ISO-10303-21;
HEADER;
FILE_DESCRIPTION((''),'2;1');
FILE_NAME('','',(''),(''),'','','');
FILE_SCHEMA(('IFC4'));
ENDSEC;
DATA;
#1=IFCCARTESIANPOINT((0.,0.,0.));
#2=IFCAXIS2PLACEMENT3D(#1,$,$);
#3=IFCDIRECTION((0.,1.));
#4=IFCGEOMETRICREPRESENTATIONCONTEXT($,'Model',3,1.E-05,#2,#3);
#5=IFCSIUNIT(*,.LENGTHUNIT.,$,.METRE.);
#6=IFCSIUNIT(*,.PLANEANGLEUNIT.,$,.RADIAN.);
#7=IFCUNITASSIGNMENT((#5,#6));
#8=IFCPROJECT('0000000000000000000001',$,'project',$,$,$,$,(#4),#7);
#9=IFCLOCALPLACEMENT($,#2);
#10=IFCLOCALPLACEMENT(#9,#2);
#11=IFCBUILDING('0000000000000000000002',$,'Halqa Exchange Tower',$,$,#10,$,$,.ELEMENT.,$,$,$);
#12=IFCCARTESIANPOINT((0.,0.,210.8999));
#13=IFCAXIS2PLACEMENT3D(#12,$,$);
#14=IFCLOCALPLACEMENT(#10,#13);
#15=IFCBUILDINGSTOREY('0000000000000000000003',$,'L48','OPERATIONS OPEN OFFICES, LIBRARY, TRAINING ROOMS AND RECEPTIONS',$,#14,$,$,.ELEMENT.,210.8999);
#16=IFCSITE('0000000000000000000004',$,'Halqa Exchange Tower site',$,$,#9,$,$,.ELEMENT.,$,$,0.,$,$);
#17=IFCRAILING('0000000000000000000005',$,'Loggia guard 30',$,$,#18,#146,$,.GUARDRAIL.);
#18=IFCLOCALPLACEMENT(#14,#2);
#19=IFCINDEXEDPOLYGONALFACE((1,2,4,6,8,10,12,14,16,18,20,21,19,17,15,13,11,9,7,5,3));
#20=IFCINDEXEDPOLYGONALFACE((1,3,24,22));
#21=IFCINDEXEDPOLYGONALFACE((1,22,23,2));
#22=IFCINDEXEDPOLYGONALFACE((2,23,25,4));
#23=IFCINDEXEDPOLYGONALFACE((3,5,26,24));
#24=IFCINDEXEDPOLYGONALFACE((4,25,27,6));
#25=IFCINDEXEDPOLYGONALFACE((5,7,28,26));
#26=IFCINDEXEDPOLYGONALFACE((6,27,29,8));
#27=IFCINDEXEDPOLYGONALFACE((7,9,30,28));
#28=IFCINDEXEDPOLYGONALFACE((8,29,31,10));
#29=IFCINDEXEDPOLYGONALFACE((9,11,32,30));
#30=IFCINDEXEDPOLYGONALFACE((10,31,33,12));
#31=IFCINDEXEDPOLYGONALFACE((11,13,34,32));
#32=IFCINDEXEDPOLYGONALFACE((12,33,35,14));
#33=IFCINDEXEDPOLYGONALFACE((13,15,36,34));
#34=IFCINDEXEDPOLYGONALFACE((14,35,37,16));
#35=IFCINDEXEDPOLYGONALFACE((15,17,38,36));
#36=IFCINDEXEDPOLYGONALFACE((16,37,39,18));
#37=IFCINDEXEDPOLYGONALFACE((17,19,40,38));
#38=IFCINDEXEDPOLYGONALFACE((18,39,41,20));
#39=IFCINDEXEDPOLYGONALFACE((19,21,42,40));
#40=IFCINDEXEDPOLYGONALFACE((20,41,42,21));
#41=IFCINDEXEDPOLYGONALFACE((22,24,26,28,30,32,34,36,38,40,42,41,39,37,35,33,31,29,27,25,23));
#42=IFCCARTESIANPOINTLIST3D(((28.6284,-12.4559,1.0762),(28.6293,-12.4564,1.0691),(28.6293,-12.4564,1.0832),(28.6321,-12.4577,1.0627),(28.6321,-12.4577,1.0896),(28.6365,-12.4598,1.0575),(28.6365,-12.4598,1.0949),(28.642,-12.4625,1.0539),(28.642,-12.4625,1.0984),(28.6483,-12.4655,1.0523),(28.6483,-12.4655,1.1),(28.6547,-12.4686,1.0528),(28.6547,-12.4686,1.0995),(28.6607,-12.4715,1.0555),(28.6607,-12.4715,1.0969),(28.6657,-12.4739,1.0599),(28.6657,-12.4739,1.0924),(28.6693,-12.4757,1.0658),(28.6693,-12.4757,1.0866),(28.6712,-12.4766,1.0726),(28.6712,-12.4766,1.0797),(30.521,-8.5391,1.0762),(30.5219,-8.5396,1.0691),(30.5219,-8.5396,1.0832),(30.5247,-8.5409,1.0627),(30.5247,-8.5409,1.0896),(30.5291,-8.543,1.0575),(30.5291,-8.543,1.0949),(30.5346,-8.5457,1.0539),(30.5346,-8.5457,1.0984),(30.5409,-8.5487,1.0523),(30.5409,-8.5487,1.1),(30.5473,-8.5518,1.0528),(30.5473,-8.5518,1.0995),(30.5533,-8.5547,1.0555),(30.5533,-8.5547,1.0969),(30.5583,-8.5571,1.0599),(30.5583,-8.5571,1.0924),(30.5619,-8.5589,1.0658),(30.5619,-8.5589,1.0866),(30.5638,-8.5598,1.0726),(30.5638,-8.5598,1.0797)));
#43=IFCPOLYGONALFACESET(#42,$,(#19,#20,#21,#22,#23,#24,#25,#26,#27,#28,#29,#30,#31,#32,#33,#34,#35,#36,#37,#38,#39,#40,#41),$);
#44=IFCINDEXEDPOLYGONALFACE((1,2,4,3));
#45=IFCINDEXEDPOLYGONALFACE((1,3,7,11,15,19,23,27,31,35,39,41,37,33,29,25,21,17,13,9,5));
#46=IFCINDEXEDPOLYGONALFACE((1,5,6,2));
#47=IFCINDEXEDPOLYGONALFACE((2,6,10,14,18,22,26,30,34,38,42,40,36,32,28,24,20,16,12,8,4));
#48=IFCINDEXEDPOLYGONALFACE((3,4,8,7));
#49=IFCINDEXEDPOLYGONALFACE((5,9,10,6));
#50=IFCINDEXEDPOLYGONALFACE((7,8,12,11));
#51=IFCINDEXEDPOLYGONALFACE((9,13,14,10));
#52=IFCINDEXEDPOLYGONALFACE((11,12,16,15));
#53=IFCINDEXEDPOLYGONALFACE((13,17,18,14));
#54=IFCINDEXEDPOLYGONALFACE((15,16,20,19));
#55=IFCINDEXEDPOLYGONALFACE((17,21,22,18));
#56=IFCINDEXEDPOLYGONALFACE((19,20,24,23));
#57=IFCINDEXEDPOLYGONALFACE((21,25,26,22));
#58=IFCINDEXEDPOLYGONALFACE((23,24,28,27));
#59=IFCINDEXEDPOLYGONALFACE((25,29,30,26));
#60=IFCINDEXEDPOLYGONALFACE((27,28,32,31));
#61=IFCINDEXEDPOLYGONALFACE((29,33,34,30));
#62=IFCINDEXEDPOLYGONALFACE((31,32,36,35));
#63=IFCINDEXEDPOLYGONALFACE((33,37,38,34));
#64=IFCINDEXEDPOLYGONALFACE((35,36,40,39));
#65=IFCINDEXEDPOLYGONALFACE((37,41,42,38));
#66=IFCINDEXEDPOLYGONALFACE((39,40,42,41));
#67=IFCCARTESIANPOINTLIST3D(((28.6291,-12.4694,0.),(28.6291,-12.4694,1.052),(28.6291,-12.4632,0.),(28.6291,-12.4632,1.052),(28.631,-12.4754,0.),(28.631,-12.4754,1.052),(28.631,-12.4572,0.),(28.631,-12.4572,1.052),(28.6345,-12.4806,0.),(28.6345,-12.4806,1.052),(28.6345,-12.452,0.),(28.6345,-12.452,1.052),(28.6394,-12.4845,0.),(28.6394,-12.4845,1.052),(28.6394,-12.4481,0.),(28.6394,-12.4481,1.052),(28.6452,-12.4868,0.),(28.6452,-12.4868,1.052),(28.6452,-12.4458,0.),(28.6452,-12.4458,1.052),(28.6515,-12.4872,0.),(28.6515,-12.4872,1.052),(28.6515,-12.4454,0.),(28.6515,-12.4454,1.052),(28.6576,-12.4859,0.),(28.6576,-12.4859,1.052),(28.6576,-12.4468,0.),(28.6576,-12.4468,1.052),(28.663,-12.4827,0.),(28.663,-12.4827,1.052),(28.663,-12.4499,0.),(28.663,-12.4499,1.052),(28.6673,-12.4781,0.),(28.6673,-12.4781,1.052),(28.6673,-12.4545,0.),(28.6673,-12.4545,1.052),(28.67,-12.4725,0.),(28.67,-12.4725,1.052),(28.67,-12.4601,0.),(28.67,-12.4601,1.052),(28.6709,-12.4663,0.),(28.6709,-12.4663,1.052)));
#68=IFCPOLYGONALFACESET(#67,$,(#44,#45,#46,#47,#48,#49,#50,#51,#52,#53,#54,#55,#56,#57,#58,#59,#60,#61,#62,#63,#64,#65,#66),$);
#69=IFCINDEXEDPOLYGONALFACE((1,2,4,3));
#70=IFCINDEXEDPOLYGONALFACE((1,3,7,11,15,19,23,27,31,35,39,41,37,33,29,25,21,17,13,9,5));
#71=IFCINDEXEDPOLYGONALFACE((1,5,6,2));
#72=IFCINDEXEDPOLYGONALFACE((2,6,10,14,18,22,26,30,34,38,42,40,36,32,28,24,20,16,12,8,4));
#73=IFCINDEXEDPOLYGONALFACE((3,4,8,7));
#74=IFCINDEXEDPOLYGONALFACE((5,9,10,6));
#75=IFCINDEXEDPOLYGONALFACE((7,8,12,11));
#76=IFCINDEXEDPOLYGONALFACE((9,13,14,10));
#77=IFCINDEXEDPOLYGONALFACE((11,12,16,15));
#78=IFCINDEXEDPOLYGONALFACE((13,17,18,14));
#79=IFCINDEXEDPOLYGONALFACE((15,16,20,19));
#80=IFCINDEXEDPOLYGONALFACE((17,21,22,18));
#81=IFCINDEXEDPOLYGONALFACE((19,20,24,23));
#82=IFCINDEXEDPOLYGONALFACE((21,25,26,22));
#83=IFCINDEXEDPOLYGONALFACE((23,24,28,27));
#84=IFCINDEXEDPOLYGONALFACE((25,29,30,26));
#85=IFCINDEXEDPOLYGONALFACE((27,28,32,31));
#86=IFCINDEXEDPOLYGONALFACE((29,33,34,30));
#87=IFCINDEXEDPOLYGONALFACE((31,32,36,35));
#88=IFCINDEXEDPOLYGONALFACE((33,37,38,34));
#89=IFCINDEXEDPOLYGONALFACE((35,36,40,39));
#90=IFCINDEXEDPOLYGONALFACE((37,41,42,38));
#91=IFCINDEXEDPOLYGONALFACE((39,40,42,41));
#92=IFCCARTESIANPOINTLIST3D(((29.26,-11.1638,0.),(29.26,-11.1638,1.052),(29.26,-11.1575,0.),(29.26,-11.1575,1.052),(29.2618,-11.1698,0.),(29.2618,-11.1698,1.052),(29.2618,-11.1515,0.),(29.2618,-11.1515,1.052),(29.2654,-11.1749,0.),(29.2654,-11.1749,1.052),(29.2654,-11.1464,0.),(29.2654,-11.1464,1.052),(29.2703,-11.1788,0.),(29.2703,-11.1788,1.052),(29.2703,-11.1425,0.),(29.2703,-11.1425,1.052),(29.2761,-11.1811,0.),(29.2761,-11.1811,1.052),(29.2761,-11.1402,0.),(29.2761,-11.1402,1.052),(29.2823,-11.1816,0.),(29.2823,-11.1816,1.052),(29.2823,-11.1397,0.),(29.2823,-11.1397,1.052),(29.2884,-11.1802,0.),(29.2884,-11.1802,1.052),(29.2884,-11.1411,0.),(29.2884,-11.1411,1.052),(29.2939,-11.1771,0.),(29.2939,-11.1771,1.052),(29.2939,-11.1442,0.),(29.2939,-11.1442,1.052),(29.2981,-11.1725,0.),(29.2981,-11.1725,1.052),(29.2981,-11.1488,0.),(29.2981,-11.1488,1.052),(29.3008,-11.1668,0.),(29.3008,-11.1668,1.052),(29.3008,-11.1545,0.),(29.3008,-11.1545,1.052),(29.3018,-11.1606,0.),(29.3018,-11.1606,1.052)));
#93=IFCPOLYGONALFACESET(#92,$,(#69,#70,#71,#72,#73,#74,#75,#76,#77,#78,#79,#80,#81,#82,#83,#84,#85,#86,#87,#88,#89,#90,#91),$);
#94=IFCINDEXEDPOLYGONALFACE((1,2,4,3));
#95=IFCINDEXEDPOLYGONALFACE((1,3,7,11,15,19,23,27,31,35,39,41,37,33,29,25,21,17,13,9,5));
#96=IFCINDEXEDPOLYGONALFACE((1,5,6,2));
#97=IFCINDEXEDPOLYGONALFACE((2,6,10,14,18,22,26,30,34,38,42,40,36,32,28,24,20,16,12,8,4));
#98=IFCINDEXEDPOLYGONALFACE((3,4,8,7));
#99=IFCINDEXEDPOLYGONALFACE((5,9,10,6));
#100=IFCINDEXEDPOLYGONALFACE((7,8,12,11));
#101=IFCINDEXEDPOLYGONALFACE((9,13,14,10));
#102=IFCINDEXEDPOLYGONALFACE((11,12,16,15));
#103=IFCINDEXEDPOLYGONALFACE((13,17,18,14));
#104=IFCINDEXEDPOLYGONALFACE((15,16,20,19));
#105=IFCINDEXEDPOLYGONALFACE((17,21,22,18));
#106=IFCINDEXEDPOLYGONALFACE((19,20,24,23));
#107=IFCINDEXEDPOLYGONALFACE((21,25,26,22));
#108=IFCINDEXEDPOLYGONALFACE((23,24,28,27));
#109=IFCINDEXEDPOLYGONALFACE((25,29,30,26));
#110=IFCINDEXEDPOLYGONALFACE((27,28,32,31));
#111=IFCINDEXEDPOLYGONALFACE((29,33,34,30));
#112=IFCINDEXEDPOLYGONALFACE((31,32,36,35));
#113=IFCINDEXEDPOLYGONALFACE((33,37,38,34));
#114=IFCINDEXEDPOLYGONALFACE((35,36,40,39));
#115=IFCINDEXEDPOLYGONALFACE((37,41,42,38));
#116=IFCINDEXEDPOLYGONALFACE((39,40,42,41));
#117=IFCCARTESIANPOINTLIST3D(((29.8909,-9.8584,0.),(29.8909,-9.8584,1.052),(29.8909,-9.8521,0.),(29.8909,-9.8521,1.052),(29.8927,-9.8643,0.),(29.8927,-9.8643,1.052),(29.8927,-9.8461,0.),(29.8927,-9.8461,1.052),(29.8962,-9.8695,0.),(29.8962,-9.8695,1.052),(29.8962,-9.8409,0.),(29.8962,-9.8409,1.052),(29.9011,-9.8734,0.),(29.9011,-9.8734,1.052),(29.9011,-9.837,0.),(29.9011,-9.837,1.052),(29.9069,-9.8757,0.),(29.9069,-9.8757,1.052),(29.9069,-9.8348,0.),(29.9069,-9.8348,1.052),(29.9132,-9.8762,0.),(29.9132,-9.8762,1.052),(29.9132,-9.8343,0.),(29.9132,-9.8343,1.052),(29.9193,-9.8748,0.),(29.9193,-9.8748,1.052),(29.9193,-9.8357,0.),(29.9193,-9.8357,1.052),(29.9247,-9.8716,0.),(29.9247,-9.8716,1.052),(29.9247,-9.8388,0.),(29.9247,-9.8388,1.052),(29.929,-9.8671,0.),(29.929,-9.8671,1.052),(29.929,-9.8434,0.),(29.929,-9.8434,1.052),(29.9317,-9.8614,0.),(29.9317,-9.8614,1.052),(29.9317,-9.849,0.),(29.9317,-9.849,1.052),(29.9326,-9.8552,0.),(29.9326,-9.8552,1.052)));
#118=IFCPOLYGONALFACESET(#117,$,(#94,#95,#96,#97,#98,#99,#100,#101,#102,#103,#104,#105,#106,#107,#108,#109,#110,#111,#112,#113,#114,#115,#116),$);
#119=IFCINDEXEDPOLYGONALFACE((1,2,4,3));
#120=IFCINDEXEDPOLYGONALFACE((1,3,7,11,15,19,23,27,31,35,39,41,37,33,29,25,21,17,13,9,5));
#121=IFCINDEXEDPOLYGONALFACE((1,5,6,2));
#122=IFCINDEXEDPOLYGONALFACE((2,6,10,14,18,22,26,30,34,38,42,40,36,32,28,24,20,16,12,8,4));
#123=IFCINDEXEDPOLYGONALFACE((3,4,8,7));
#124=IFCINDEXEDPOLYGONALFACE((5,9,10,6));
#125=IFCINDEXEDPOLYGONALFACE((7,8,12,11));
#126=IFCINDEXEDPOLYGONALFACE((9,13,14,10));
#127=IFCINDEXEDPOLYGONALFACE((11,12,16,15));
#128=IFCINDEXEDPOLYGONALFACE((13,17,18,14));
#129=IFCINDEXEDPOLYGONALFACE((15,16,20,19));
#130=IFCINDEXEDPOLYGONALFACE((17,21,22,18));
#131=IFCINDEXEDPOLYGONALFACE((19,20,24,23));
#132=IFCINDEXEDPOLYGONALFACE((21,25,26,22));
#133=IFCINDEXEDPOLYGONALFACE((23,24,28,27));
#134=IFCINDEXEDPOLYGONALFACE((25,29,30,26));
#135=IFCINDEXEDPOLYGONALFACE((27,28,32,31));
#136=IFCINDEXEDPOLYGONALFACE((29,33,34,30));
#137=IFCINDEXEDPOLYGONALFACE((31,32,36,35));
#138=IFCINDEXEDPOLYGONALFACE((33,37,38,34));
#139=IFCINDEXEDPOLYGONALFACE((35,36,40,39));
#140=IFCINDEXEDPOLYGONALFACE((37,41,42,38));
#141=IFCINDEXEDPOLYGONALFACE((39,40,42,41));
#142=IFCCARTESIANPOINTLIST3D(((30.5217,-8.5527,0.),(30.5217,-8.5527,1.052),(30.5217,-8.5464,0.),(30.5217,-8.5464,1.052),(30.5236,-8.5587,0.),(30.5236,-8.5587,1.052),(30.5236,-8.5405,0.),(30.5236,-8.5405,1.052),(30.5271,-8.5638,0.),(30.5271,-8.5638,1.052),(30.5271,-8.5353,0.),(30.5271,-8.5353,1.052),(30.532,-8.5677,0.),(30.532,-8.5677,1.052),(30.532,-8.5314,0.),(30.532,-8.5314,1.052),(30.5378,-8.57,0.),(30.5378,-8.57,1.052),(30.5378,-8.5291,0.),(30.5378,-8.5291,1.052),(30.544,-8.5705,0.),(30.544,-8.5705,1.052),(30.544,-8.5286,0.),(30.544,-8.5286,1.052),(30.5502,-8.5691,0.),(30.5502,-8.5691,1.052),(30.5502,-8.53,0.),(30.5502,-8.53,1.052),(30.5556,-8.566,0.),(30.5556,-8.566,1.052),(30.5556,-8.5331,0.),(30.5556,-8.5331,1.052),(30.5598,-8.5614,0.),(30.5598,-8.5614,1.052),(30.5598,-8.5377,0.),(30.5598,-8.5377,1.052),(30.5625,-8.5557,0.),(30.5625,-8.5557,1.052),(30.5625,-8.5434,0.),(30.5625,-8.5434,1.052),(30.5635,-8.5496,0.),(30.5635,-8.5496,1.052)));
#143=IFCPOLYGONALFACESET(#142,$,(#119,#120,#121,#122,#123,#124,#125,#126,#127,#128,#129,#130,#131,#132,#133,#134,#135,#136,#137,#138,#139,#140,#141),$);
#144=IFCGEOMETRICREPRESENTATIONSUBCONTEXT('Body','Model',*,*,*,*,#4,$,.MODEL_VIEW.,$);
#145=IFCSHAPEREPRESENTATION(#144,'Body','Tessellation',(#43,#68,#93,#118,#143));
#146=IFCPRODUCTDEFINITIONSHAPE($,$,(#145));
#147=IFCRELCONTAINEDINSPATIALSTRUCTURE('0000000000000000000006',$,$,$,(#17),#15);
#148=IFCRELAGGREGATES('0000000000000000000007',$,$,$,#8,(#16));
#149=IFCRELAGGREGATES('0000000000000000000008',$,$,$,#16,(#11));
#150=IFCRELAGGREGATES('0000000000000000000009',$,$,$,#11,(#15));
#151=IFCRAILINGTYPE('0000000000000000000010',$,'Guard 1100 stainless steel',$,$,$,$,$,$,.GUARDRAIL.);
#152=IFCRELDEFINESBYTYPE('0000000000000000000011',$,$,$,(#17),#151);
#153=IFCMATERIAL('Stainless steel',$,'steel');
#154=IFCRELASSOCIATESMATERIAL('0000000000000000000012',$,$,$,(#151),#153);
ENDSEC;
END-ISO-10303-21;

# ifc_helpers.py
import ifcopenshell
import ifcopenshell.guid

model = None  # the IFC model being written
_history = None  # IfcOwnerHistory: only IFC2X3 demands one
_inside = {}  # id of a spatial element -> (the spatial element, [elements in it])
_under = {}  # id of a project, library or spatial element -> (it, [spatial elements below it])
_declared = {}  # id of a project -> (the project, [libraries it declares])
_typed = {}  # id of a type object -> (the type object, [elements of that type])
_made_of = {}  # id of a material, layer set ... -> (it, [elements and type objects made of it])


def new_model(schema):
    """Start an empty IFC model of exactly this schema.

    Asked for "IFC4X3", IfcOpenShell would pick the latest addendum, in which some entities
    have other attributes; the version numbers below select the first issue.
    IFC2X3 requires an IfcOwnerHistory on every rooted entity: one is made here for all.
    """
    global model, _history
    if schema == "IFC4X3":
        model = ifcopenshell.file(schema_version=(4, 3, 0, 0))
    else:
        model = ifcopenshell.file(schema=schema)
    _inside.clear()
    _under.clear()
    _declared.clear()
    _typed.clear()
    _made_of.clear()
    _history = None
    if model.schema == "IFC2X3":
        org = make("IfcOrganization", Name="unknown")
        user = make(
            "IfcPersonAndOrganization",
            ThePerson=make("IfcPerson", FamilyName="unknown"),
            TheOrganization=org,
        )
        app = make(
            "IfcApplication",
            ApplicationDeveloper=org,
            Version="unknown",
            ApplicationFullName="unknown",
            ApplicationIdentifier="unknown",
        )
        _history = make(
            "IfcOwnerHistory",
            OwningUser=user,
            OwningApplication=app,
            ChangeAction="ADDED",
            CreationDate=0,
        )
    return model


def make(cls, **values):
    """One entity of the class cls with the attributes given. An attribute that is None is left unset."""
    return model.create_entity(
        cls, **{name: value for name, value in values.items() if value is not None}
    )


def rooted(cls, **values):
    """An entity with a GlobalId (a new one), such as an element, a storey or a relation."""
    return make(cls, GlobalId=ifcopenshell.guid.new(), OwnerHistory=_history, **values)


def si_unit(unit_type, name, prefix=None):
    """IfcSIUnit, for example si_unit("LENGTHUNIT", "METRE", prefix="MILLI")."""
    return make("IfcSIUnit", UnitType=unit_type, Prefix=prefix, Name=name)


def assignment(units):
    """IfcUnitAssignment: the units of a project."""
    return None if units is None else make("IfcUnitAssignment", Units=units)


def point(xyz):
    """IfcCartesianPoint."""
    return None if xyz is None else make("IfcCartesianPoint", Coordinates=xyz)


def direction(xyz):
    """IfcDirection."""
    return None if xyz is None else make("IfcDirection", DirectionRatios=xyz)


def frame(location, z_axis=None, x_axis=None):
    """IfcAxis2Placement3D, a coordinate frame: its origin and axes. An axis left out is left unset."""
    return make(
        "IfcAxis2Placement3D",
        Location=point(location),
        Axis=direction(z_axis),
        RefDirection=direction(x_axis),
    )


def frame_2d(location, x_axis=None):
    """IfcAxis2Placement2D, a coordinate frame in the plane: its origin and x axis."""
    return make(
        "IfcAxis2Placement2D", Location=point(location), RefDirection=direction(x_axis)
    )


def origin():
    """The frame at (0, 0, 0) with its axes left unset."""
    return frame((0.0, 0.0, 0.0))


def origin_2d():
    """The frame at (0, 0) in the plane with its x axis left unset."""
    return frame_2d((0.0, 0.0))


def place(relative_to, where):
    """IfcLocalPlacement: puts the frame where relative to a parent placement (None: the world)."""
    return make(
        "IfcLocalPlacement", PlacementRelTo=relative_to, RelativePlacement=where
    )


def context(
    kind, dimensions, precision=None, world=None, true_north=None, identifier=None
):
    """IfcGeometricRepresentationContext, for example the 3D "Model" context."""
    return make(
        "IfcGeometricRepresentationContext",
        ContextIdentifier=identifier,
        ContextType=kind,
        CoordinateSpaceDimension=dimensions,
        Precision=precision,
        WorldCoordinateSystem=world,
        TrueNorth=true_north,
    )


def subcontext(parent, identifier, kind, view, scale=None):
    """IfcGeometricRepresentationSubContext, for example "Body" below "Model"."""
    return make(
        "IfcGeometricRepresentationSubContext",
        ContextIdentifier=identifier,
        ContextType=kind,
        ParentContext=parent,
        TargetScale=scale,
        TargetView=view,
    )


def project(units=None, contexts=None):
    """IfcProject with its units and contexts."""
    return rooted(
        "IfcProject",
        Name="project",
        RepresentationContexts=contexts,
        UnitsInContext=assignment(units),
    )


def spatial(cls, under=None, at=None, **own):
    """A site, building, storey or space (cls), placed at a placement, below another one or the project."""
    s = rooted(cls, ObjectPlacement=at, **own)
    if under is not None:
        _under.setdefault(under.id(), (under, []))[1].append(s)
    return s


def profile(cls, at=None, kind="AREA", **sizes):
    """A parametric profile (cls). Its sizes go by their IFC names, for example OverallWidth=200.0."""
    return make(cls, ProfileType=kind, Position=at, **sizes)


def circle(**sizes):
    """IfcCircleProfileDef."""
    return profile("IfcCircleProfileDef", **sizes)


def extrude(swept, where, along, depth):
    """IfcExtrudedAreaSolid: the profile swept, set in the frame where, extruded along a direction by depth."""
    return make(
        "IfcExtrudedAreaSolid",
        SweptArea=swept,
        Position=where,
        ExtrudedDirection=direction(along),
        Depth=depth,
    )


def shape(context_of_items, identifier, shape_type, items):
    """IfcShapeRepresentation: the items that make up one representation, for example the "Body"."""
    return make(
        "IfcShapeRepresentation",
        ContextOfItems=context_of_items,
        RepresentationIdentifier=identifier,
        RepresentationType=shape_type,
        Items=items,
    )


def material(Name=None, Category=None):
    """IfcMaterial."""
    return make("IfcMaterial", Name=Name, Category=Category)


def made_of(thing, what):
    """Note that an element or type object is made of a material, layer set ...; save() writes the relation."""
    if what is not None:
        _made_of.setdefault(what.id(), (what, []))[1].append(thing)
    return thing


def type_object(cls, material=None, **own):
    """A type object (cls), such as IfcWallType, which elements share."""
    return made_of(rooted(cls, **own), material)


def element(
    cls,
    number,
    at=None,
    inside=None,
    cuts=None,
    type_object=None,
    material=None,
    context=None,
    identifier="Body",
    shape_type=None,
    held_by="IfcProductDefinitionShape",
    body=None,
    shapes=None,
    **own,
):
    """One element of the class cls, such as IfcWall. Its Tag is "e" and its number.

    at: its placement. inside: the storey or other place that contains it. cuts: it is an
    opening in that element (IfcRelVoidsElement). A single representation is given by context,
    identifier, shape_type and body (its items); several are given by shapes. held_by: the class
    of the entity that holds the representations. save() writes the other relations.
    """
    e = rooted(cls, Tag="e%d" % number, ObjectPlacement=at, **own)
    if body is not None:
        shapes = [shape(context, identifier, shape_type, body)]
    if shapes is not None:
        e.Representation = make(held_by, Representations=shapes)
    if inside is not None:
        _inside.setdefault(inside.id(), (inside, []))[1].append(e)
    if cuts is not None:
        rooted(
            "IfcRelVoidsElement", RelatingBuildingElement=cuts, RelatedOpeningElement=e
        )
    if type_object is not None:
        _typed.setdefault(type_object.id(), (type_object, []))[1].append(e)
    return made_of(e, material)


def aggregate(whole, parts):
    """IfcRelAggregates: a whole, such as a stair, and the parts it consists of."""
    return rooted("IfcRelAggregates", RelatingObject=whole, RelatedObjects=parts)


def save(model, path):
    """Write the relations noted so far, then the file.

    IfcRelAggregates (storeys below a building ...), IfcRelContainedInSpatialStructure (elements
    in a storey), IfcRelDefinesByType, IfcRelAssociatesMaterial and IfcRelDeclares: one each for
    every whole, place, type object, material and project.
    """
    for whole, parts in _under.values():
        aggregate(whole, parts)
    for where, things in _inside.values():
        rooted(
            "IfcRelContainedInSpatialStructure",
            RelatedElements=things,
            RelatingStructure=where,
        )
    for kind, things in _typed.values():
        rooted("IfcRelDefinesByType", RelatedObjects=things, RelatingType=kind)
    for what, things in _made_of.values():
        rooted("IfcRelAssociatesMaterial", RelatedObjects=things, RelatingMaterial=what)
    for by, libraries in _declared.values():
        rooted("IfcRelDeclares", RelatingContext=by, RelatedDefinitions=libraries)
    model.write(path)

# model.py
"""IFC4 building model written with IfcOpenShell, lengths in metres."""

from ifc_helpers import new_model, si_unit, direction, frame, origin, origin_2d, place, context, subcontext, project, spatial, circle, extrude, material, type_object, element, save


model = new_model("IFC4")

# Units and contexts
model_context = context("Model", 3, precision=1e-05, world=origin(), true_north=direction((0.0, 1.0)))
body_context = subcontext(model_context, "Body", "Model", "MODEL_VIEW")
ifc_project = project(units=[si_unit("LENGTHUNIT", "METRE"), si_unit("PLANEANGLEUNIT", "RADIAN")], contexts=[model_context])

# Site, building, storey
site_placement = place(None, origin())
site = spatial("IfcSite", under=ifc_project, at=site_placement, Name="Halqa Exchange Tower site", CompositionType="ELEMENT", RefElevation=0.0)
building_placement = place(site_placement, origin())
building = spatial("IfcBuilding", under=site, at=building_placement, Name="Halqa Exchange Tower", CompositionType="ELEMENT")
storey_placement = place(building_placement, frame((0.0, 0.0, 210.8999)))
storey = spatial("IfcBuildingStorey", under=building, at=storey_placement, Name="L48", Description="OPERATIONS OPEN OFFICES, LIBRARY, TRAINING ROOMS AND RECEPTIONS", CompositionType="ELEMENT", Elevation=210.8999)

# Railing
ifc_material_1 = material(Name="Stainless steel", Category="steel")
railing_type = type_object("IfcRailingType", Name="Guard 1100 stainless steel", PredefinedType="GUARDRAIL", material=ifc_material_1)
railing_1_placement = place(storey_placement, frame((28.6499, -12.4663, 0.0)))
element("IfcRailing", 1, at=railing_1_placement, inside=storey, type_object=railing_type, Name="Loggia guard 30", PredefinedType="GUARDRAIL", context=body_context, shape_type="SweptSolid", body=[
    extrude(circle(Radius=0.0239, at=origin_2d()), frame((0.0, 0.0, 1.0762), z_axis=(0.435072, 0.900395, 0.0), x_axis=(-0.900395, 0.435072, 0.0)), (0.0, 0.0, 1.0), 4.3501),
    extrude(circle(Radius=0.021, at=origin_2d()), origin(), (0.0, 0.0, 1.0), 1.052),
    extrude(circle(Radius=0.021, at=origin_2d()), frame((0.6309, 1.3057, 0.0)), (0.0, 0.0, 1.0), 1.052),
    extrude(circle(Radius=0.021, at=origin_2d()), frame((1.2617, 2.6111, 0.0)), (0.0, 0.0, 1.0), 1.052),
    extrude(circle(Radius=0.021, at=origin_2d()), frame((1.8926, 3.9167, 0.0)), (0.0, 0.0, 1.0), 1.052),
])

save(model, "model.ifc")
